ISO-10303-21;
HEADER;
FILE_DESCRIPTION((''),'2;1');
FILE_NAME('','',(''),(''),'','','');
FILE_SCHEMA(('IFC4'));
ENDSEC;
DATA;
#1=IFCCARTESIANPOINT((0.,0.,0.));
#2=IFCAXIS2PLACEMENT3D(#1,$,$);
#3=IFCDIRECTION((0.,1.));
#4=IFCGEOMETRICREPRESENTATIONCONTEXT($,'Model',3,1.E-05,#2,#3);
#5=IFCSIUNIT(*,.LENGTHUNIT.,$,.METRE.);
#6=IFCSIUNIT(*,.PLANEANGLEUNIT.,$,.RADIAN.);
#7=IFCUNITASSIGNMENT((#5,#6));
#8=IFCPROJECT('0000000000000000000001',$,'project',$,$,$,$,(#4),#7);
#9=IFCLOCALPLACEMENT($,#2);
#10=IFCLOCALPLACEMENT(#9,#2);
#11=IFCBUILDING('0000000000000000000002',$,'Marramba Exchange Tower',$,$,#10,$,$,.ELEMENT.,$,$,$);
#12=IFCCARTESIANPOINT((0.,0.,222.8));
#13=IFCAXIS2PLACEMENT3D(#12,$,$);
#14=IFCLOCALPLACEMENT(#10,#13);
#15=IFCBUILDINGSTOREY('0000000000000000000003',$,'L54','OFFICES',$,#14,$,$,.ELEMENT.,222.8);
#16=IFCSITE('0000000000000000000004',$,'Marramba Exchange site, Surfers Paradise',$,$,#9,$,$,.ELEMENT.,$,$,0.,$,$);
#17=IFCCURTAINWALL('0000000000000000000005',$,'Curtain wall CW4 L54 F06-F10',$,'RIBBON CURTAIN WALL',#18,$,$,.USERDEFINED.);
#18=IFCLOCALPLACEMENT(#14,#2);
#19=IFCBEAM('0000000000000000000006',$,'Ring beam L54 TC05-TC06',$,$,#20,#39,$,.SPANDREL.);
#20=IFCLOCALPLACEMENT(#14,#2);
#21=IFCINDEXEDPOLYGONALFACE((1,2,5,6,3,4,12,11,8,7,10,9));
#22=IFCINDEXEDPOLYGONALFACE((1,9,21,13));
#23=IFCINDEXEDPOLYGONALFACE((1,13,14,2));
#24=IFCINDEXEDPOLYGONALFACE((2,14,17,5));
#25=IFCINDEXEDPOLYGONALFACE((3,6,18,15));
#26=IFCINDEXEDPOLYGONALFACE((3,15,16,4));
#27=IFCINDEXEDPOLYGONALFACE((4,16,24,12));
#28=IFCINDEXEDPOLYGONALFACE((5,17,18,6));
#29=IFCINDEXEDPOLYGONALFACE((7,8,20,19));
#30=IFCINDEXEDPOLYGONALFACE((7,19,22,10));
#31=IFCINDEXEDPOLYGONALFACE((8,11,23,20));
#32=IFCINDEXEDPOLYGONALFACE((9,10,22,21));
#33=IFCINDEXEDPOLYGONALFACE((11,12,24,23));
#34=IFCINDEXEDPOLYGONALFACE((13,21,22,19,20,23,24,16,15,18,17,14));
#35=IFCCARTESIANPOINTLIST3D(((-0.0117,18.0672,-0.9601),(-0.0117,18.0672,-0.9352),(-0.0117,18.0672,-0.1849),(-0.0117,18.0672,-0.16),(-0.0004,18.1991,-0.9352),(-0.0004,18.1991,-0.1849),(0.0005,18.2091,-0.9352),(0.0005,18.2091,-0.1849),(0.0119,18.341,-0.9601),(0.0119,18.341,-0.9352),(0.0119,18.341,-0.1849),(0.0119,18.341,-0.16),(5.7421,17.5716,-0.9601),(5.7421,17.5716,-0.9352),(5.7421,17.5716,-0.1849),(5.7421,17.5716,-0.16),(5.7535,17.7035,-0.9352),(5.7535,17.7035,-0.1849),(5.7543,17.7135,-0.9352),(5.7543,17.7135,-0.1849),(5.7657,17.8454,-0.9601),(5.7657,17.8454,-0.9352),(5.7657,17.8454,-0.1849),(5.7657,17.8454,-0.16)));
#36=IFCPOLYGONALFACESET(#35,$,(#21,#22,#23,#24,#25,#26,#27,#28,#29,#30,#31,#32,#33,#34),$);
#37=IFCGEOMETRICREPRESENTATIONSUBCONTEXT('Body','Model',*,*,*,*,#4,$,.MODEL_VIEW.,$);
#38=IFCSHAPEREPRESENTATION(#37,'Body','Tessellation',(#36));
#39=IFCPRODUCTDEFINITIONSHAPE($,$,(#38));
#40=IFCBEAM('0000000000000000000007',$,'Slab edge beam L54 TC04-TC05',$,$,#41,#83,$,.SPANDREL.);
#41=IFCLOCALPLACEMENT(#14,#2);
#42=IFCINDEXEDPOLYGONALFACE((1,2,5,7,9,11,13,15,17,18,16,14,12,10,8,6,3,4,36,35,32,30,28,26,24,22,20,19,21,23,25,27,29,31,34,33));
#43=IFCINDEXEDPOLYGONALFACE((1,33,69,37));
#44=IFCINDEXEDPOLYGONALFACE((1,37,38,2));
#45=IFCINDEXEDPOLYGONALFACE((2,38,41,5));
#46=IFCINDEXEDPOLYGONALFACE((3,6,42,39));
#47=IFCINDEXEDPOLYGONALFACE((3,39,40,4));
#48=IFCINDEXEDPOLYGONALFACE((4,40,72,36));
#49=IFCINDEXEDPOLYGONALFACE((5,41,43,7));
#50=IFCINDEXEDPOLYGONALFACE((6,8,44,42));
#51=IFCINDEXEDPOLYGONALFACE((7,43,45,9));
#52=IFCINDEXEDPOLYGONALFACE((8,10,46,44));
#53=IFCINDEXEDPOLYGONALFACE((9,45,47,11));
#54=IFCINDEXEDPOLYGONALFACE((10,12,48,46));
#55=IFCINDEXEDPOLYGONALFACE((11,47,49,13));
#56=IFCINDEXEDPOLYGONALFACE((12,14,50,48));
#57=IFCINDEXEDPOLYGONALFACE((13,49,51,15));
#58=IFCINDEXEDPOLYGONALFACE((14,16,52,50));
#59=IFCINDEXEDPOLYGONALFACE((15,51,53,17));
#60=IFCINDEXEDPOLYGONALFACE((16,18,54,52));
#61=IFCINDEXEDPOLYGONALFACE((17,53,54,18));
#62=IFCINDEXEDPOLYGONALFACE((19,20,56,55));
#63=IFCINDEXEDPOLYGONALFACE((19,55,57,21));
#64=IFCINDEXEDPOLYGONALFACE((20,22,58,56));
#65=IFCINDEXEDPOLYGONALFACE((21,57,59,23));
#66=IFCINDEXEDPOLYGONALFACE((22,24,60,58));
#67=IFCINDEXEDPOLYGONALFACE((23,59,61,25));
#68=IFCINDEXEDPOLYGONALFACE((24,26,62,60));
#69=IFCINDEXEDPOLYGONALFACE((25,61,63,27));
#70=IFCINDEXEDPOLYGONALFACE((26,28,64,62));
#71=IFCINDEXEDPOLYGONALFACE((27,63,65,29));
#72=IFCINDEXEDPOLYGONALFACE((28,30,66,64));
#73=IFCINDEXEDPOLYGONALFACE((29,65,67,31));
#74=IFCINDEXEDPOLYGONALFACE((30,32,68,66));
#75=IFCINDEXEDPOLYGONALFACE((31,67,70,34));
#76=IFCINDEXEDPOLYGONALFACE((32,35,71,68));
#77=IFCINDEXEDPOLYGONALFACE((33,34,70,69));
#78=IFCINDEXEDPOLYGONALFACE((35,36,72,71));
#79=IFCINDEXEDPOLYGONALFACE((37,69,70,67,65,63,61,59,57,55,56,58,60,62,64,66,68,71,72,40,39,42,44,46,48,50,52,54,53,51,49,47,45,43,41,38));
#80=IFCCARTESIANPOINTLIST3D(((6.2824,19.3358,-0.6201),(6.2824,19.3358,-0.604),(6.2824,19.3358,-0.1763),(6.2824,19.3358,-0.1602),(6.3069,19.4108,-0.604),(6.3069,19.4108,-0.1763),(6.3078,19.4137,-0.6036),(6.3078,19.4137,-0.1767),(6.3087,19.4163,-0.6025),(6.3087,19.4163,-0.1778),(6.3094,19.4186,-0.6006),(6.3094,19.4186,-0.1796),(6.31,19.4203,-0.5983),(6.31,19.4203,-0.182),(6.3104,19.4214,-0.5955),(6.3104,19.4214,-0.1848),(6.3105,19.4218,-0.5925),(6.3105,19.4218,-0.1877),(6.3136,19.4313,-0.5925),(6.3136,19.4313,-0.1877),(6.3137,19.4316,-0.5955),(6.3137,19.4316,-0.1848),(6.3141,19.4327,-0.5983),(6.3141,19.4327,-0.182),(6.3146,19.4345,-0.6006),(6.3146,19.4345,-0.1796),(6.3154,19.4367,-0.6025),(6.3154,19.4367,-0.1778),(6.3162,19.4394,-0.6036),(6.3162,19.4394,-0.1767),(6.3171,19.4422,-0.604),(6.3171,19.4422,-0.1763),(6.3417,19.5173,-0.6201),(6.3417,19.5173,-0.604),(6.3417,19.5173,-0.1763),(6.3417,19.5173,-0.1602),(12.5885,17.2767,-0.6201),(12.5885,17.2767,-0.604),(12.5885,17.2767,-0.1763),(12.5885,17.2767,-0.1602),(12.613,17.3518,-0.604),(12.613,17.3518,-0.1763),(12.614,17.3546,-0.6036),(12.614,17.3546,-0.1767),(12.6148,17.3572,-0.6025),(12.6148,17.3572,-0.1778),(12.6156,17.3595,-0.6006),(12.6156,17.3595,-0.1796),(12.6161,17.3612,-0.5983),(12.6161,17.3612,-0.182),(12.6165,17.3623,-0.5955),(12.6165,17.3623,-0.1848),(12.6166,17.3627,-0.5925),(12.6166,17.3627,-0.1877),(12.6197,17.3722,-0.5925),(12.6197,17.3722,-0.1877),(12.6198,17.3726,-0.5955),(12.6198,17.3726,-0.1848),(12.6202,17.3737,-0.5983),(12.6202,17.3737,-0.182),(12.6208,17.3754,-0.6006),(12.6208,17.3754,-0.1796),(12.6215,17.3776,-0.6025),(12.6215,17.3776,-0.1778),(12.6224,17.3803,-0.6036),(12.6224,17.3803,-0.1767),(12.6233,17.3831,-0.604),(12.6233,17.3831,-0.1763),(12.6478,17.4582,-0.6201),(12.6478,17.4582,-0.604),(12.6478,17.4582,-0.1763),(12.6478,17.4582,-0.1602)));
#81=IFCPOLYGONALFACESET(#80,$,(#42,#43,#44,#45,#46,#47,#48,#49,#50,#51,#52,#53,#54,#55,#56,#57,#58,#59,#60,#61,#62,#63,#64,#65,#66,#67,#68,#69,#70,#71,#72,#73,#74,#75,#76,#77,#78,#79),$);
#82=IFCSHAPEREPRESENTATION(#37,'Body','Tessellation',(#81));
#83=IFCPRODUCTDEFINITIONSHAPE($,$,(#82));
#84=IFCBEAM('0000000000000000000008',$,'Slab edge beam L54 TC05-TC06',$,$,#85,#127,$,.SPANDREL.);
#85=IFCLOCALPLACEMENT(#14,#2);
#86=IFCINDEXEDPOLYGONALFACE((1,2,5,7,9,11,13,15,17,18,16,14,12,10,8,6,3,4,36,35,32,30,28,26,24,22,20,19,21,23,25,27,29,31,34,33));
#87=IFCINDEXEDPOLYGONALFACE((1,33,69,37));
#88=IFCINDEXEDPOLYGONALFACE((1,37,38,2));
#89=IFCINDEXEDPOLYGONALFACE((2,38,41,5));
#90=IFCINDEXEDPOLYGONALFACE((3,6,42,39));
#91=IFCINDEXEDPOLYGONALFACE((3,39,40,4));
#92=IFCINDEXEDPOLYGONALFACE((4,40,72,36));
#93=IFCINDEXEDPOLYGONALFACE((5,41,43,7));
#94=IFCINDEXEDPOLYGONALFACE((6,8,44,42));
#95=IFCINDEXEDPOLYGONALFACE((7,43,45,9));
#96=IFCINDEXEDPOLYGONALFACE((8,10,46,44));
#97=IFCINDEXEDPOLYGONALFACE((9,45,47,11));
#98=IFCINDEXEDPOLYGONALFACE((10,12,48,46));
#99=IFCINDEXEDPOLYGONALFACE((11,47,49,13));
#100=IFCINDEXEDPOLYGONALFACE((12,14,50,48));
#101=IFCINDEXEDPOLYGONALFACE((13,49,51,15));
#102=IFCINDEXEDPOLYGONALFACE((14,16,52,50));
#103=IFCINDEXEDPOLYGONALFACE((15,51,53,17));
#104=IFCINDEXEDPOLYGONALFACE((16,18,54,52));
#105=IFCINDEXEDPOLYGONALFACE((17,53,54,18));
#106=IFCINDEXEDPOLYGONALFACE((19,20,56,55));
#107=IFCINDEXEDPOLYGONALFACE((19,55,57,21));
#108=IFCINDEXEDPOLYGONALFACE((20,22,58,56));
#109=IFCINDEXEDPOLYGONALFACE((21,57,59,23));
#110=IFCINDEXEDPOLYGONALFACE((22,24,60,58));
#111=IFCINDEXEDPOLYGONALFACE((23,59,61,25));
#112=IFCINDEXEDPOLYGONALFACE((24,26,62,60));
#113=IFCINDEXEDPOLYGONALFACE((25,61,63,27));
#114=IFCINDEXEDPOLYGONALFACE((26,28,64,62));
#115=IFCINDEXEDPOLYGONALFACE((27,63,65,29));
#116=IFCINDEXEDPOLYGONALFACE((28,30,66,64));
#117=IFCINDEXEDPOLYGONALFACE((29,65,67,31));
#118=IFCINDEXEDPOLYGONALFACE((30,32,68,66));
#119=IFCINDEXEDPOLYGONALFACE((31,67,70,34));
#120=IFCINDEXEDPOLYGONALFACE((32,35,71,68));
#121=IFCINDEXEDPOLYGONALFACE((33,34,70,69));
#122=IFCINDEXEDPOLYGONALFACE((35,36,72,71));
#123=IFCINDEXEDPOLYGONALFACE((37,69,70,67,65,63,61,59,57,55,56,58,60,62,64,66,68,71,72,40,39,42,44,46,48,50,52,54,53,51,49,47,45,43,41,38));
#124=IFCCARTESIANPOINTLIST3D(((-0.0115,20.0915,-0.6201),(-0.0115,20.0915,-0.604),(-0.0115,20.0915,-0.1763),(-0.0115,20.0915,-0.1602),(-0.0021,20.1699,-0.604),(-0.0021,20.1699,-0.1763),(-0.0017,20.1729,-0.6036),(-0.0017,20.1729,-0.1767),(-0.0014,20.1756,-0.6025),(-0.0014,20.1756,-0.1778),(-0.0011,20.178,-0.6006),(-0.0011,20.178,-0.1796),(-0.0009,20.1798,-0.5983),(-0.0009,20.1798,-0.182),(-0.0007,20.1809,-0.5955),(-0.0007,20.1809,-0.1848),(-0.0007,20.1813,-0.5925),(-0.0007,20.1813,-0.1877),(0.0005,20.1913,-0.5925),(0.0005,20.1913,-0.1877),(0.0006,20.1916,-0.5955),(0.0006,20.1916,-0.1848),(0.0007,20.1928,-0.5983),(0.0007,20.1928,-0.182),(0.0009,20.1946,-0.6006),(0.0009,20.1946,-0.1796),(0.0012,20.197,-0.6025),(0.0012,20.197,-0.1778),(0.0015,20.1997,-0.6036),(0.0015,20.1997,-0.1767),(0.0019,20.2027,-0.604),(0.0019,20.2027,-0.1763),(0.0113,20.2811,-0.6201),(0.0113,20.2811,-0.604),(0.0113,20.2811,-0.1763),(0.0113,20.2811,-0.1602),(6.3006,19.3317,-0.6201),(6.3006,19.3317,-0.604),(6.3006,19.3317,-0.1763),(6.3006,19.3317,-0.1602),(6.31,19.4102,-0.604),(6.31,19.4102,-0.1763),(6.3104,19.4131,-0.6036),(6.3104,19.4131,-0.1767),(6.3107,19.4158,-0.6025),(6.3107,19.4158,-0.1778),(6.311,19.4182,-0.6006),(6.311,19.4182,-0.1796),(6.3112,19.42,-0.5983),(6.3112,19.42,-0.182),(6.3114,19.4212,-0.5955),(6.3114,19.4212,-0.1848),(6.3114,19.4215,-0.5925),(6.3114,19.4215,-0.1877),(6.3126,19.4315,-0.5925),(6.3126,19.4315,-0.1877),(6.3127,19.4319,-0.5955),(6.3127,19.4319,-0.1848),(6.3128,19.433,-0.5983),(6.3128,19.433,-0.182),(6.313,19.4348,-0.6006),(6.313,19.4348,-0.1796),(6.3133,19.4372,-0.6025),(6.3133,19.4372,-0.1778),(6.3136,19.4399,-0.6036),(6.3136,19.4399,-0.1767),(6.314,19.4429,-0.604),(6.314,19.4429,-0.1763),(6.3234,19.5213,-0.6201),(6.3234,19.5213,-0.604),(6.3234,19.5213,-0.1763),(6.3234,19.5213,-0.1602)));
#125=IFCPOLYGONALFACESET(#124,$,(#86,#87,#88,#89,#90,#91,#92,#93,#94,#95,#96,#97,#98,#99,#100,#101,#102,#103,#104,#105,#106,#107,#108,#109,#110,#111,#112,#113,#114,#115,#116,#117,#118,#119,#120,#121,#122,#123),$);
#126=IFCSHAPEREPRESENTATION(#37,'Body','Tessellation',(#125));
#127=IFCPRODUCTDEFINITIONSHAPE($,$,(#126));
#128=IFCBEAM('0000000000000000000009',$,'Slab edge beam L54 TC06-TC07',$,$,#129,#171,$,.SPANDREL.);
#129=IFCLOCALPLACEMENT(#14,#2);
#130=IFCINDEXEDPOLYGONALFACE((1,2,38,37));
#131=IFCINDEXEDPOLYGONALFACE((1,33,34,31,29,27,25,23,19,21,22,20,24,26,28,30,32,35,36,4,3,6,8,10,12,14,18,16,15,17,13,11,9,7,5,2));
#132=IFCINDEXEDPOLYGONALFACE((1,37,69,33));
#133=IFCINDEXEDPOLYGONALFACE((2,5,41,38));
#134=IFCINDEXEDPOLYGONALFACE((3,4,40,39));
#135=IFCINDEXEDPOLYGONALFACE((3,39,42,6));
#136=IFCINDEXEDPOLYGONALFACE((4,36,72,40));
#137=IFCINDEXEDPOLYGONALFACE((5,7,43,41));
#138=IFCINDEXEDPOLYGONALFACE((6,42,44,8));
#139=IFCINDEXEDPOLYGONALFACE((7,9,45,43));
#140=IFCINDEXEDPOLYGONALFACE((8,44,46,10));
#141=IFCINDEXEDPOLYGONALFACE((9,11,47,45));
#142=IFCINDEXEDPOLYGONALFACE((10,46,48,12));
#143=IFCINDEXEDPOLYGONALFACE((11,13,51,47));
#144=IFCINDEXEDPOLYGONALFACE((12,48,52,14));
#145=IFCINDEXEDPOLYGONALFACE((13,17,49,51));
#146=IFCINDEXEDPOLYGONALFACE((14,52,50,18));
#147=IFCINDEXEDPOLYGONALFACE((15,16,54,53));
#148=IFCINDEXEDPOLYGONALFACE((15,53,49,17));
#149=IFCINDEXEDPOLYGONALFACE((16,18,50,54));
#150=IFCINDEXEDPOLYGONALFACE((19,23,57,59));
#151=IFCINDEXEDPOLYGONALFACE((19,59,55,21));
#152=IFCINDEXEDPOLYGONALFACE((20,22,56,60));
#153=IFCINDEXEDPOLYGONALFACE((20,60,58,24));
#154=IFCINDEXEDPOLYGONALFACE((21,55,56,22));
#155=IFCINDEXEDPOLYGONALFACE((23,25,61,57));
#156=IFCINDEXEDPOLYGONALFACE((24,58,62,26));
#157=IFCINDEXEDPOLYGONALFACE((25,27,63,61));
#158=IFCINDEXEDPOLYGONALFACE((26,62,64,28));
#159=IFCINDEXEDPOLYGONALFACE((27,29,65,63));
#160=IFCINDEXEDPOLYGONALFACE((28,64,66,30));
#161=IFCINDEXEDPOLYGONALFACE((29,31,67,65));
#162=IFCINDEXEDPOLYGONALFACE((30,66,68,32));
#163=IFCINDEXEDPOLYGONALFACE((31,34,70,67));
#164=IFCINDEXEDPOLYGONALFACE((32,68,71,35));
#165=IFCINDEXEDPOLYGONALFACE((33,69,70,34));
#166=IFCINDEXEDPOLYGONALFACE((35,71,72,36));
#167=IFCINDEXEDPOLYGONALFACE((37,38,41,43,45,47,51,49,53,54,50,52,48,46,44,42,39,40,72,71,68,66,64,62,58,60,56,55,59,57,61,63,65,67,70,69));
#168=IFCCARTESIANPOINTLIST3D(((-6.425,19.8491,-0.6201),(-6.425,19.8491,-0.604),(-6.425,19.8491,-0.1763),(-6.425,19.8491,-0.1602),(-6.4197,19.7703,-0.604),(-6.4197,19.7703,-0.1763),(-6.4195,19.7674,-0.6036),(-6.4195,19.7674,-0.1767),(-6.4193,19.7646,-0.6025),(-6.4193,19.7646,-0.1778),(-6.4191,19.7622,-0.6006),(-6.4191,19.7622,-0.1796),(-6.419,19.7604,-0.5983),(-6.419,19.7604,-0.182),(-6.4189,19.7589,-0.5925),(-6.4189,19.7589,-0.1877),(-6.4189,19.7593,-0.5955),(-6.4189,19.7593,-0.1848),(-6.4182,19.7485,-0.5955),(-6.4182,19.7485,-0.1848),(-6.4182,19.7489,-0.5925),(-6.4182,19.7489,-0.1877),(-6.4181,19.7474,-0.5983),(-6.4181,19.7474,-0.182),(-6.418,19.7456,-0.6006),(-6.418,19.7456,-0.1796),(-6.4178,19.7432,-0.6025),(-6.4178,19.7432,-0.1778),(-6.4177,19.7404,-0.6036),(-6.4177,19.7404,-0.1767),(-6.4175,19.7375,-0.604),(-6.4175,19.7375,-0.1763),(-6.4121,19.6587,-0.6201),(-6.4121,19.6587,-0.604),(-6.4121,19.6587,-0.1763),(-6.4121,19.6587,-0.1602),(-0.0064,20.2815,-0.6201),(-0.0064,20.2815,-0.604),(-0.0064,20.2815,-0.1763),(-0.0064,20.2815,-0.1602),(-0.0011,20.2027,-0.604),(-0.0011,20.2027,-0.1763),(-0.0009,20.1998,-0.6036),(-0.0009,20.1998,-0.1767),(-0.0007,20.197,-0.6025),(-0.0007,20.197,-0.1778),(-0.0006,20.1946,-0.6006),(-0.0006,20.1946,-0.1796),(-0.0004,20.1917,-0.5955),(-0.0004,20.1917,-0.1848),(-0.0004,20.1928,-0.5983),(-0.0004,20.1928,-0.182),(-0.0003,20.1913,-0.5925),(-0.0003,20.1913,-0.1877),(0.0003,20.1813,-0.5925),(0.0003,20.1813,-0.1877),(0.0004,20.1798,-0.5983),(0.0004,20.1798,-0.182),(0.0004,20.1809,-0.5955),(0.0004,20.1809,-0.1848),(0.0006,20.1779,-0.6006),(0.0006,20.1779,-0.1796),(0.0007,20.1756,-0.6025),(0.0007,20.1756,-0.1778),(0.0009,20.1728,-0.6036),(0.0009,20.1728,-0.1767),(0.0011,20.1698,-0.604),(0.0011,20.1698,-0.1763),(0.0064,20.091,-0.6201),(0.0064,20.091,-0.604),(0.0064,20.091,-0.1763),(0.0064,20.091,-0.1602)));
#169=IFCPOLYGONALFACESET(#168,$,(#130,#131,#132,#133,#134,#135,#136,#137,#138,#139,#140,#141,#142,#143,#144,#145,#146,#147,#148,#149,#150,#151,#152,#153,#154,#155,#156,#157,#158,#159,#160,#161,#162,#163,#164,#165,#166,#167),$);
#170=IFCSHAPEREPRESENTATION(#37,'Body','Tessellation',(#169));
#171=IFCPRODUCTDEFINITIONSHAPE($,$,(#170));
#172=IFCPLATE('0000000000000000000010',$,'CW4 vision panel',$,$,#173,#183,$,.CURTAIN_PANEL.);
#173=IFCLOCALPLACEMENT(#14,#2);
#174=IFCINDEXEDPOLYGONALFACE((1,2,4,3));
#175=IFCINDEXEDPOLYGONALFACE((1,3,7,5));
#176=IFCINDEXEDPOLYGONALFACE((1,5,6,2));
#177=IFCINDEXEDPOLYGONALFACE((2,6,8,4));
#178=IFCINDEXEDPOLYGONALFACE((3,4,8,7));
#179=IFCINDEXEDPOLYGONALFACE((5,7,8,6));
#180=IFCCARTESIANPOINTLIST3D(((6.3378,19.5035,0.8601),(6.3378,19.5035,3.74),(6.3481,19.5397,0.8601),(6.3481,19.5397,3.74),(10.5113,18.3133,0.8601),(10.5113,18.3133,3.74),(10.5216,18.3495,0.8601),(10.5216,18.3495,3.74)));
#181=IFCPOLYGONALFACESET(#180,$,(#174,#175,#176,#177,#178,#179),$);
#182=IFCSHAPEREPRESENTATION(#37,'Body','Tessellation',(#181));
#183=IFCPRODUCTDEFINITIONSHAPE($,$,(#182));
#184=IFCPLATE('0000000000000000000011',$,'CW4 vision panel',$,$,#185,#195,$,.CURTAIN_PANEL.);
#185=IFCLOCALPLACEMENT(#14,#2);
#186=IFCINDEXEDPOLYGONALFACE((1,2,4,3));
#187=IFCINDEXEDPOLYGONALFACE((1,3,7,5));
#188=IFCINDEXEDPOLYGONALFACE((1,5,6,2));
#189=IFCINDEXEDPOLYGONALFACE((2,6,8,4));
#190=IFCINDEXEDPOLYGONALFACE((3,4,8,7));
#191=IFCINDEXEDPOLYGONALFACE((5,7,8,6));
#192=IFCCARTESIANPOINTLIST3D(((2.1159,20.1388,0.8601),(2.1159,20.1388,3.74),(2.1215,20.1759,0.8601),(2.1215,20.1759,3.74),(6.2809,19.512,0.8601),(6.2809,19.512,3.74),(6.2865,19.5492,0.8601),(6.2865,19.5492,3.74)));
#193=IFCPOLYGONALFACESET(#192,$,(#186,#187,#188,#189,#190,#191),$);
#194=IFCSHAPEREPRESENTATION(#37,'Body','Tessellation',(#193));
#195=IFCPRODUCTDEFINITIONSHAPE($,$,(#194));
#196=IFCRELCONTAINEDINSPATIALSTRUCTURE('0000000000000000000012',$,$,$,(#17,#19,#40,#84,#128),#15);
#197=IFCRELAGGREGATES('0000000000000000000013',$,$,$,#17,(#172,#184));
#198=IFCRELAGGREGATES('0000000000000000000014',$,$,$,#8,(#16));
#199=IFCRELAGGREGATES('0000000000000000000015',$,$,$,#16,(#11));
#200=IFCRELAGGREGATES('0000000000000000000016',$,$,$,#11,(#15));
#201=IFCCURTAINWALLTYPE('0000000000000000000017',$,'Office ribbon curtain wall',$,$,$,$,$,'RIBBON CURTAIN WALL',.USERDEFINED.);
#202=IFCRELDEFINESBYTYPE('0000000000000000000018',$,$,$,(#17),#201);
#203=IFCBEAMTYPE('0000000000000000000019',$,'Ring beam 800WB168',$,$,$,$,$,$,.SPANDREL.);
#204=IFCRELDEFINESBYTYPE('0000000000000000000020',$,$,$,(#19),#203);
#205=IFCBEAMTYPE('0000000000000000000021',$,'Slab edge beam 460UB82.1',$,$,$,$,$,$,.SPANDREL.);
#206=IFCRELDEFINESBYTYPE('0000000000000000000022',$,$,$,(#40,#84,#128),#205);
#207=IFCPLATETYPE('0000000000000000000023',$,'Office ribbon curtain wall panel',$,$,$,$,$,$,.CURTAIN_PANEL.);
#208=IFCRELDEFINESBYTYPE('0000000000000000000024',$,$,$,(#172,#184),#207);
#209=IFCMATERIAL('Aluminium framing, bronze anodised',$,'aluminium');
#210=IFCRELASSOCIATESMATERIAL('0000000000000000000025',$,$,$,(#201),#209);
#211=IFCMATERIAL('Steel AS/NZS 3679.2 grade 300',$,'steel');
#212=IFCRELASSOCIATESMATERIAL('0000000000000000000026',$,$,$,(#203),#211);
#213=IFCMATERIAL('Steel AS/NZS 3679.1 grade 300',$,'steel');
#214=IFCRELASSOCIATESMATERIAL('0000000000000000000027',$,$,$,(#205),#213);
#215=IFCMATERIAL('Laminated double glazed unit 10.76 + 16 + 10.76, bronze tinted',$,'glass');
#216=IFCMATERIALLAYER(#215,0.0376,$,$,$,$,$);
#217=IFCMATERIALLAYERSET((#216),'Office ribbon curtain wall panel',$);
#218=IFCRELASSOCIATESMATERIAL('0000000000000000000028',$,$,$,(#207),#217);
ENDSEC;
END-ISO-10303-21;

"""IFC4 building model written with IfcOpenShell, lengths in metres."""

from ifc_helpers import new_model, si_unit, direction, frame, origin, origin_2d, place, context, subcontext, project, spatial, rectangle, i_section, extrude, material, layer, layer_set, material_profile, profile_set, type_object, element, aggregate, save


model = new_model("IFC4")

# Units and contexts
model_context = context("Model", 3, precision=1e-05, world=origin(), true_north=direction((0.0, 1.0)))
body_context = subcontext(model_context, "Body", "Model", "MODEL_VIEW")
ifc_project = project(units=[si_unit("LENGTHUNIT", "METRE"), si_unit("PLANEANGLEUNIT", "RADIAN")], contexts=[model_context])

# Site, building, storey
site_placement = place(None, origin())
site = spatial("IfcSite", under=ifc_project, at=site_placement, Name="Marramba Exchange site, Surfers Paradise", CompositionType="ELEMENT", RefElevation=0.0)
building_placement = place(site_placement, origin())
building = spatial("IfcBuilding", under=site, at=building_placement, Name="Marramba Exchange Tower", CompositionType="ELEMENT")
storey_placement = place(building_placement, frame((0.0, 0.0, 222.8)))
storey = spatial("IfcBuildingStorey", under=building, at=storey_placement, Name="L54", Description="OFFICES", CompositionType="ELEMENT", Elevation=222.8)

# Shared definitions
ifc_material_1 = material(Name="Steel AS/NZS 3679.2 grade 300", Category="steel")

# Curtain wall
ifc_material_2 = material(Name="Aluminium framing, bronze anodised", Category="aluminium")
curtain_wall_type = type_object("IfcCurtainWallType", Name="Office ribbon curtain wall", ElementType="RIBBON CURTAIN WALL", PredefinedType="USERDEFINED", material=ifc_material_2)
curtain_wall_placement = place(storey_placement, origin())
curtain_wall = element("IfcCurtainWall", 1, at=curtain_wall_placement, inside=storey, type_object=curtain_wall_type, Name="Curtain wall CW4 L54 F06-F10", ObjectType="RIBBON CURTAIN WALL", PredefinedType="USERDEFINED")

# Beams
ifc_material_profile_1 = material_profile(ifc_material_1, i_section(OverallWidth=0.2749, OverallDepth=0.8, WebThickness=0.01, FlangeThickness=0.0249, at=origin_2d()), Name="800WB168")
ifc_profile_set_1 = profile_set([ifc_material_profile_1], Name="Steel AS/NZS 3679.2 grade 300")
beam_type_1 = type_object("IfcBeamType", Name="Ring beam 800WB168", PredefinedType="SPANDREL", material=ifc_profile_set_1)
beam_1_placement = place(storey_placement, frame((5.7539, 17.7085, -0.5601), z_axis=(-0.996311, 0.085816, 0.0), x_axis=(-0.085816, -0.996311, 0.0)))
element("IfcBeam", 2, at=beam_1_placement, inside=storey, type_object=beam_type_1, Name="Ring beam L54 TC05-TC06", PredefinedType="SPANDREL", context=body_context, shape_type="SweptSolid", body=[
    extrude(i_section(OverallWidth=0.2749, OverallDepth=0.8, WebThickness=0.01, FlangeThickness=0.0249, at=origin_2d()), origin(), (0.0, 0.0, 1.0), 5.7751),
])
ifc_material_3 = material(Name="Steel AS/NZS 3679.1 grade 300", Category="steel")
ifc_material_profile_2 = material_profile(ifc_material_3, i_section(OverallWidth=0.1909, OverallDepth=0.46, WebThickness=0.01, FlangeThickness=0.0161, FilletRadius=0.0115, at=origin_2d()), Name="460UB82.1")
ifc_profile_set_2 = profile_set([ifc_material_profile_2], Name="Steel AS/NZS 3679.1 grade 300")
beam_type_2 = type_object("IfcBeamType", Name="Slab edge beam 460UB82.1", PredefinedType="SPANDREL", material=ifc_profile_set_2)
beam_2_placement = place(storey_placement, frame((12.6182, 17.3674, -0.3901), z_axis=(-0.950609, 0.310392, 0.0), x_axis=(-0.310392, -0.950609, 0.0)))
element("IfcBeam", 3, at=beam_2_placement, inside=storey, type_object=beam_type_2, Name="Slab edge beam L54 TC04-TC05", PredefinedType="SPANDREL", context=body_context, shape_type="SweptSolid", body=[
    extrude(i_section(OverallWidth=0.1909, OverallDepth=0.46, WebThickness=0.01, FlangeThickness=0.0161, FilletRadius=0.0115, at=origin_2d()), origin(), (0.0, 0.0, 1.0), 6.6338),
])
beam_3_placement = place(storey_placement, frame((6.312, 19.4265, -0.3901), z_axis=(-0.992834, 0.119506, 0.0), x_axis=(-0.119506, -0.992834, 0.0)))
element("IfcBeam", 4, at=beam_3_placement, inside=storey, type_object=beam_type_2, Name="Slab edge beam L54 TC05-TC06", PredefinedType="SPANDREL", context=body_context, shape_type="SweptSolid", body=[
    extrude(i_section(OverallWidth=0.1909, OverallDepth=0.46, WebThickness=0.01, FlangeThickness=0.0161, FilletRadius=0.0115, at=origin_2d()), origin(), (0.0, 0.0, 1.0), 6.3577),
])
beam_4_placement = place(storey_placement, frame((0.0, 20.1863, -0.3901), z_axis=(-0.997739, -0.067212, 0.0), x_axis=(0.067212, -0.997739, 0.0)))
element("IfcBeam", 5, at=beam_4_placement, inside=storey, type_object=beam_type_2, Name="Slab edge beam L54 TC06-TC07", PredefinedType="SPANDREL", context=body_context, shape_type="SweptSolid", body=[
    extrude(i_section(OverallWidth=0.1909, OverallDepth=0.46, WebThickness=0.01, FlangeThickness=0.0161, FilletRadius=0.0115, at=origin_2d()), origin(), (0.0, 0.0, 1.0), 6.4331),
])

# Plates
ifc_material_4 = material(Name="Laminated double glazed unit 10.76 + 16 + 10.76, bronze tinted", Category="glass")
ifc_layer_1 = layer(ifc_material_4, 0.0376)
ifc_layer_set_1 = layer_set([ifc_layer_1], Name="Office ribbon curtain wall panel")
plate_type = type_object("IfcPlateType", Name="Office ribbon curtain wall panel", PredefinedType="CURTAIN_PANEL", material=ifc_layer_set_1)
plate_1_placement = place(storey_placement, frame((8.4297, 18.9265, 0.8601), z_axis=(0.0, 0.0, 1.0), x_axis=(-0.961659, 0.274248, 0.0)))
plate_1 = element("IfcPlate", 6, at=plate_1_placement, type_object=plate_type, Name="CW4 vision panel", PredefinedType="CURTAIN_PANEL", context=body_context, shape_type="SweptSolid", body=[
    extrude(rectangle(XDim=4.3398, YDim=0.0376, at=origin_2d()), origin(), (0.0, 0.0, 1.0), 2.8799),
])
plate_2_placement = place(storey_placement, frame((4.2012, 19.844, 0.8601), z_axis=(0.0, 0.0, 1.0), x_axis=(-0.988868, 0.148795, 0.0)))
plate_2 = element("IfcPlate", 7, at=plate_2_placement, type_object=plate_type, Name="CW4 vision panel", PredefinedType="CURTAIN_PANEL", context=body_context, shape_type="SweptSolid", body=[
    extrude(rectangle(XDim=4.2119, YDim=0.0376, at=origin_2d()), origin(), (0.0, 0.0, 1.0), 2.8799),
])
aggregate(curtain_wall, [plate_1, plate_2])

save(model, "model.ifc")
